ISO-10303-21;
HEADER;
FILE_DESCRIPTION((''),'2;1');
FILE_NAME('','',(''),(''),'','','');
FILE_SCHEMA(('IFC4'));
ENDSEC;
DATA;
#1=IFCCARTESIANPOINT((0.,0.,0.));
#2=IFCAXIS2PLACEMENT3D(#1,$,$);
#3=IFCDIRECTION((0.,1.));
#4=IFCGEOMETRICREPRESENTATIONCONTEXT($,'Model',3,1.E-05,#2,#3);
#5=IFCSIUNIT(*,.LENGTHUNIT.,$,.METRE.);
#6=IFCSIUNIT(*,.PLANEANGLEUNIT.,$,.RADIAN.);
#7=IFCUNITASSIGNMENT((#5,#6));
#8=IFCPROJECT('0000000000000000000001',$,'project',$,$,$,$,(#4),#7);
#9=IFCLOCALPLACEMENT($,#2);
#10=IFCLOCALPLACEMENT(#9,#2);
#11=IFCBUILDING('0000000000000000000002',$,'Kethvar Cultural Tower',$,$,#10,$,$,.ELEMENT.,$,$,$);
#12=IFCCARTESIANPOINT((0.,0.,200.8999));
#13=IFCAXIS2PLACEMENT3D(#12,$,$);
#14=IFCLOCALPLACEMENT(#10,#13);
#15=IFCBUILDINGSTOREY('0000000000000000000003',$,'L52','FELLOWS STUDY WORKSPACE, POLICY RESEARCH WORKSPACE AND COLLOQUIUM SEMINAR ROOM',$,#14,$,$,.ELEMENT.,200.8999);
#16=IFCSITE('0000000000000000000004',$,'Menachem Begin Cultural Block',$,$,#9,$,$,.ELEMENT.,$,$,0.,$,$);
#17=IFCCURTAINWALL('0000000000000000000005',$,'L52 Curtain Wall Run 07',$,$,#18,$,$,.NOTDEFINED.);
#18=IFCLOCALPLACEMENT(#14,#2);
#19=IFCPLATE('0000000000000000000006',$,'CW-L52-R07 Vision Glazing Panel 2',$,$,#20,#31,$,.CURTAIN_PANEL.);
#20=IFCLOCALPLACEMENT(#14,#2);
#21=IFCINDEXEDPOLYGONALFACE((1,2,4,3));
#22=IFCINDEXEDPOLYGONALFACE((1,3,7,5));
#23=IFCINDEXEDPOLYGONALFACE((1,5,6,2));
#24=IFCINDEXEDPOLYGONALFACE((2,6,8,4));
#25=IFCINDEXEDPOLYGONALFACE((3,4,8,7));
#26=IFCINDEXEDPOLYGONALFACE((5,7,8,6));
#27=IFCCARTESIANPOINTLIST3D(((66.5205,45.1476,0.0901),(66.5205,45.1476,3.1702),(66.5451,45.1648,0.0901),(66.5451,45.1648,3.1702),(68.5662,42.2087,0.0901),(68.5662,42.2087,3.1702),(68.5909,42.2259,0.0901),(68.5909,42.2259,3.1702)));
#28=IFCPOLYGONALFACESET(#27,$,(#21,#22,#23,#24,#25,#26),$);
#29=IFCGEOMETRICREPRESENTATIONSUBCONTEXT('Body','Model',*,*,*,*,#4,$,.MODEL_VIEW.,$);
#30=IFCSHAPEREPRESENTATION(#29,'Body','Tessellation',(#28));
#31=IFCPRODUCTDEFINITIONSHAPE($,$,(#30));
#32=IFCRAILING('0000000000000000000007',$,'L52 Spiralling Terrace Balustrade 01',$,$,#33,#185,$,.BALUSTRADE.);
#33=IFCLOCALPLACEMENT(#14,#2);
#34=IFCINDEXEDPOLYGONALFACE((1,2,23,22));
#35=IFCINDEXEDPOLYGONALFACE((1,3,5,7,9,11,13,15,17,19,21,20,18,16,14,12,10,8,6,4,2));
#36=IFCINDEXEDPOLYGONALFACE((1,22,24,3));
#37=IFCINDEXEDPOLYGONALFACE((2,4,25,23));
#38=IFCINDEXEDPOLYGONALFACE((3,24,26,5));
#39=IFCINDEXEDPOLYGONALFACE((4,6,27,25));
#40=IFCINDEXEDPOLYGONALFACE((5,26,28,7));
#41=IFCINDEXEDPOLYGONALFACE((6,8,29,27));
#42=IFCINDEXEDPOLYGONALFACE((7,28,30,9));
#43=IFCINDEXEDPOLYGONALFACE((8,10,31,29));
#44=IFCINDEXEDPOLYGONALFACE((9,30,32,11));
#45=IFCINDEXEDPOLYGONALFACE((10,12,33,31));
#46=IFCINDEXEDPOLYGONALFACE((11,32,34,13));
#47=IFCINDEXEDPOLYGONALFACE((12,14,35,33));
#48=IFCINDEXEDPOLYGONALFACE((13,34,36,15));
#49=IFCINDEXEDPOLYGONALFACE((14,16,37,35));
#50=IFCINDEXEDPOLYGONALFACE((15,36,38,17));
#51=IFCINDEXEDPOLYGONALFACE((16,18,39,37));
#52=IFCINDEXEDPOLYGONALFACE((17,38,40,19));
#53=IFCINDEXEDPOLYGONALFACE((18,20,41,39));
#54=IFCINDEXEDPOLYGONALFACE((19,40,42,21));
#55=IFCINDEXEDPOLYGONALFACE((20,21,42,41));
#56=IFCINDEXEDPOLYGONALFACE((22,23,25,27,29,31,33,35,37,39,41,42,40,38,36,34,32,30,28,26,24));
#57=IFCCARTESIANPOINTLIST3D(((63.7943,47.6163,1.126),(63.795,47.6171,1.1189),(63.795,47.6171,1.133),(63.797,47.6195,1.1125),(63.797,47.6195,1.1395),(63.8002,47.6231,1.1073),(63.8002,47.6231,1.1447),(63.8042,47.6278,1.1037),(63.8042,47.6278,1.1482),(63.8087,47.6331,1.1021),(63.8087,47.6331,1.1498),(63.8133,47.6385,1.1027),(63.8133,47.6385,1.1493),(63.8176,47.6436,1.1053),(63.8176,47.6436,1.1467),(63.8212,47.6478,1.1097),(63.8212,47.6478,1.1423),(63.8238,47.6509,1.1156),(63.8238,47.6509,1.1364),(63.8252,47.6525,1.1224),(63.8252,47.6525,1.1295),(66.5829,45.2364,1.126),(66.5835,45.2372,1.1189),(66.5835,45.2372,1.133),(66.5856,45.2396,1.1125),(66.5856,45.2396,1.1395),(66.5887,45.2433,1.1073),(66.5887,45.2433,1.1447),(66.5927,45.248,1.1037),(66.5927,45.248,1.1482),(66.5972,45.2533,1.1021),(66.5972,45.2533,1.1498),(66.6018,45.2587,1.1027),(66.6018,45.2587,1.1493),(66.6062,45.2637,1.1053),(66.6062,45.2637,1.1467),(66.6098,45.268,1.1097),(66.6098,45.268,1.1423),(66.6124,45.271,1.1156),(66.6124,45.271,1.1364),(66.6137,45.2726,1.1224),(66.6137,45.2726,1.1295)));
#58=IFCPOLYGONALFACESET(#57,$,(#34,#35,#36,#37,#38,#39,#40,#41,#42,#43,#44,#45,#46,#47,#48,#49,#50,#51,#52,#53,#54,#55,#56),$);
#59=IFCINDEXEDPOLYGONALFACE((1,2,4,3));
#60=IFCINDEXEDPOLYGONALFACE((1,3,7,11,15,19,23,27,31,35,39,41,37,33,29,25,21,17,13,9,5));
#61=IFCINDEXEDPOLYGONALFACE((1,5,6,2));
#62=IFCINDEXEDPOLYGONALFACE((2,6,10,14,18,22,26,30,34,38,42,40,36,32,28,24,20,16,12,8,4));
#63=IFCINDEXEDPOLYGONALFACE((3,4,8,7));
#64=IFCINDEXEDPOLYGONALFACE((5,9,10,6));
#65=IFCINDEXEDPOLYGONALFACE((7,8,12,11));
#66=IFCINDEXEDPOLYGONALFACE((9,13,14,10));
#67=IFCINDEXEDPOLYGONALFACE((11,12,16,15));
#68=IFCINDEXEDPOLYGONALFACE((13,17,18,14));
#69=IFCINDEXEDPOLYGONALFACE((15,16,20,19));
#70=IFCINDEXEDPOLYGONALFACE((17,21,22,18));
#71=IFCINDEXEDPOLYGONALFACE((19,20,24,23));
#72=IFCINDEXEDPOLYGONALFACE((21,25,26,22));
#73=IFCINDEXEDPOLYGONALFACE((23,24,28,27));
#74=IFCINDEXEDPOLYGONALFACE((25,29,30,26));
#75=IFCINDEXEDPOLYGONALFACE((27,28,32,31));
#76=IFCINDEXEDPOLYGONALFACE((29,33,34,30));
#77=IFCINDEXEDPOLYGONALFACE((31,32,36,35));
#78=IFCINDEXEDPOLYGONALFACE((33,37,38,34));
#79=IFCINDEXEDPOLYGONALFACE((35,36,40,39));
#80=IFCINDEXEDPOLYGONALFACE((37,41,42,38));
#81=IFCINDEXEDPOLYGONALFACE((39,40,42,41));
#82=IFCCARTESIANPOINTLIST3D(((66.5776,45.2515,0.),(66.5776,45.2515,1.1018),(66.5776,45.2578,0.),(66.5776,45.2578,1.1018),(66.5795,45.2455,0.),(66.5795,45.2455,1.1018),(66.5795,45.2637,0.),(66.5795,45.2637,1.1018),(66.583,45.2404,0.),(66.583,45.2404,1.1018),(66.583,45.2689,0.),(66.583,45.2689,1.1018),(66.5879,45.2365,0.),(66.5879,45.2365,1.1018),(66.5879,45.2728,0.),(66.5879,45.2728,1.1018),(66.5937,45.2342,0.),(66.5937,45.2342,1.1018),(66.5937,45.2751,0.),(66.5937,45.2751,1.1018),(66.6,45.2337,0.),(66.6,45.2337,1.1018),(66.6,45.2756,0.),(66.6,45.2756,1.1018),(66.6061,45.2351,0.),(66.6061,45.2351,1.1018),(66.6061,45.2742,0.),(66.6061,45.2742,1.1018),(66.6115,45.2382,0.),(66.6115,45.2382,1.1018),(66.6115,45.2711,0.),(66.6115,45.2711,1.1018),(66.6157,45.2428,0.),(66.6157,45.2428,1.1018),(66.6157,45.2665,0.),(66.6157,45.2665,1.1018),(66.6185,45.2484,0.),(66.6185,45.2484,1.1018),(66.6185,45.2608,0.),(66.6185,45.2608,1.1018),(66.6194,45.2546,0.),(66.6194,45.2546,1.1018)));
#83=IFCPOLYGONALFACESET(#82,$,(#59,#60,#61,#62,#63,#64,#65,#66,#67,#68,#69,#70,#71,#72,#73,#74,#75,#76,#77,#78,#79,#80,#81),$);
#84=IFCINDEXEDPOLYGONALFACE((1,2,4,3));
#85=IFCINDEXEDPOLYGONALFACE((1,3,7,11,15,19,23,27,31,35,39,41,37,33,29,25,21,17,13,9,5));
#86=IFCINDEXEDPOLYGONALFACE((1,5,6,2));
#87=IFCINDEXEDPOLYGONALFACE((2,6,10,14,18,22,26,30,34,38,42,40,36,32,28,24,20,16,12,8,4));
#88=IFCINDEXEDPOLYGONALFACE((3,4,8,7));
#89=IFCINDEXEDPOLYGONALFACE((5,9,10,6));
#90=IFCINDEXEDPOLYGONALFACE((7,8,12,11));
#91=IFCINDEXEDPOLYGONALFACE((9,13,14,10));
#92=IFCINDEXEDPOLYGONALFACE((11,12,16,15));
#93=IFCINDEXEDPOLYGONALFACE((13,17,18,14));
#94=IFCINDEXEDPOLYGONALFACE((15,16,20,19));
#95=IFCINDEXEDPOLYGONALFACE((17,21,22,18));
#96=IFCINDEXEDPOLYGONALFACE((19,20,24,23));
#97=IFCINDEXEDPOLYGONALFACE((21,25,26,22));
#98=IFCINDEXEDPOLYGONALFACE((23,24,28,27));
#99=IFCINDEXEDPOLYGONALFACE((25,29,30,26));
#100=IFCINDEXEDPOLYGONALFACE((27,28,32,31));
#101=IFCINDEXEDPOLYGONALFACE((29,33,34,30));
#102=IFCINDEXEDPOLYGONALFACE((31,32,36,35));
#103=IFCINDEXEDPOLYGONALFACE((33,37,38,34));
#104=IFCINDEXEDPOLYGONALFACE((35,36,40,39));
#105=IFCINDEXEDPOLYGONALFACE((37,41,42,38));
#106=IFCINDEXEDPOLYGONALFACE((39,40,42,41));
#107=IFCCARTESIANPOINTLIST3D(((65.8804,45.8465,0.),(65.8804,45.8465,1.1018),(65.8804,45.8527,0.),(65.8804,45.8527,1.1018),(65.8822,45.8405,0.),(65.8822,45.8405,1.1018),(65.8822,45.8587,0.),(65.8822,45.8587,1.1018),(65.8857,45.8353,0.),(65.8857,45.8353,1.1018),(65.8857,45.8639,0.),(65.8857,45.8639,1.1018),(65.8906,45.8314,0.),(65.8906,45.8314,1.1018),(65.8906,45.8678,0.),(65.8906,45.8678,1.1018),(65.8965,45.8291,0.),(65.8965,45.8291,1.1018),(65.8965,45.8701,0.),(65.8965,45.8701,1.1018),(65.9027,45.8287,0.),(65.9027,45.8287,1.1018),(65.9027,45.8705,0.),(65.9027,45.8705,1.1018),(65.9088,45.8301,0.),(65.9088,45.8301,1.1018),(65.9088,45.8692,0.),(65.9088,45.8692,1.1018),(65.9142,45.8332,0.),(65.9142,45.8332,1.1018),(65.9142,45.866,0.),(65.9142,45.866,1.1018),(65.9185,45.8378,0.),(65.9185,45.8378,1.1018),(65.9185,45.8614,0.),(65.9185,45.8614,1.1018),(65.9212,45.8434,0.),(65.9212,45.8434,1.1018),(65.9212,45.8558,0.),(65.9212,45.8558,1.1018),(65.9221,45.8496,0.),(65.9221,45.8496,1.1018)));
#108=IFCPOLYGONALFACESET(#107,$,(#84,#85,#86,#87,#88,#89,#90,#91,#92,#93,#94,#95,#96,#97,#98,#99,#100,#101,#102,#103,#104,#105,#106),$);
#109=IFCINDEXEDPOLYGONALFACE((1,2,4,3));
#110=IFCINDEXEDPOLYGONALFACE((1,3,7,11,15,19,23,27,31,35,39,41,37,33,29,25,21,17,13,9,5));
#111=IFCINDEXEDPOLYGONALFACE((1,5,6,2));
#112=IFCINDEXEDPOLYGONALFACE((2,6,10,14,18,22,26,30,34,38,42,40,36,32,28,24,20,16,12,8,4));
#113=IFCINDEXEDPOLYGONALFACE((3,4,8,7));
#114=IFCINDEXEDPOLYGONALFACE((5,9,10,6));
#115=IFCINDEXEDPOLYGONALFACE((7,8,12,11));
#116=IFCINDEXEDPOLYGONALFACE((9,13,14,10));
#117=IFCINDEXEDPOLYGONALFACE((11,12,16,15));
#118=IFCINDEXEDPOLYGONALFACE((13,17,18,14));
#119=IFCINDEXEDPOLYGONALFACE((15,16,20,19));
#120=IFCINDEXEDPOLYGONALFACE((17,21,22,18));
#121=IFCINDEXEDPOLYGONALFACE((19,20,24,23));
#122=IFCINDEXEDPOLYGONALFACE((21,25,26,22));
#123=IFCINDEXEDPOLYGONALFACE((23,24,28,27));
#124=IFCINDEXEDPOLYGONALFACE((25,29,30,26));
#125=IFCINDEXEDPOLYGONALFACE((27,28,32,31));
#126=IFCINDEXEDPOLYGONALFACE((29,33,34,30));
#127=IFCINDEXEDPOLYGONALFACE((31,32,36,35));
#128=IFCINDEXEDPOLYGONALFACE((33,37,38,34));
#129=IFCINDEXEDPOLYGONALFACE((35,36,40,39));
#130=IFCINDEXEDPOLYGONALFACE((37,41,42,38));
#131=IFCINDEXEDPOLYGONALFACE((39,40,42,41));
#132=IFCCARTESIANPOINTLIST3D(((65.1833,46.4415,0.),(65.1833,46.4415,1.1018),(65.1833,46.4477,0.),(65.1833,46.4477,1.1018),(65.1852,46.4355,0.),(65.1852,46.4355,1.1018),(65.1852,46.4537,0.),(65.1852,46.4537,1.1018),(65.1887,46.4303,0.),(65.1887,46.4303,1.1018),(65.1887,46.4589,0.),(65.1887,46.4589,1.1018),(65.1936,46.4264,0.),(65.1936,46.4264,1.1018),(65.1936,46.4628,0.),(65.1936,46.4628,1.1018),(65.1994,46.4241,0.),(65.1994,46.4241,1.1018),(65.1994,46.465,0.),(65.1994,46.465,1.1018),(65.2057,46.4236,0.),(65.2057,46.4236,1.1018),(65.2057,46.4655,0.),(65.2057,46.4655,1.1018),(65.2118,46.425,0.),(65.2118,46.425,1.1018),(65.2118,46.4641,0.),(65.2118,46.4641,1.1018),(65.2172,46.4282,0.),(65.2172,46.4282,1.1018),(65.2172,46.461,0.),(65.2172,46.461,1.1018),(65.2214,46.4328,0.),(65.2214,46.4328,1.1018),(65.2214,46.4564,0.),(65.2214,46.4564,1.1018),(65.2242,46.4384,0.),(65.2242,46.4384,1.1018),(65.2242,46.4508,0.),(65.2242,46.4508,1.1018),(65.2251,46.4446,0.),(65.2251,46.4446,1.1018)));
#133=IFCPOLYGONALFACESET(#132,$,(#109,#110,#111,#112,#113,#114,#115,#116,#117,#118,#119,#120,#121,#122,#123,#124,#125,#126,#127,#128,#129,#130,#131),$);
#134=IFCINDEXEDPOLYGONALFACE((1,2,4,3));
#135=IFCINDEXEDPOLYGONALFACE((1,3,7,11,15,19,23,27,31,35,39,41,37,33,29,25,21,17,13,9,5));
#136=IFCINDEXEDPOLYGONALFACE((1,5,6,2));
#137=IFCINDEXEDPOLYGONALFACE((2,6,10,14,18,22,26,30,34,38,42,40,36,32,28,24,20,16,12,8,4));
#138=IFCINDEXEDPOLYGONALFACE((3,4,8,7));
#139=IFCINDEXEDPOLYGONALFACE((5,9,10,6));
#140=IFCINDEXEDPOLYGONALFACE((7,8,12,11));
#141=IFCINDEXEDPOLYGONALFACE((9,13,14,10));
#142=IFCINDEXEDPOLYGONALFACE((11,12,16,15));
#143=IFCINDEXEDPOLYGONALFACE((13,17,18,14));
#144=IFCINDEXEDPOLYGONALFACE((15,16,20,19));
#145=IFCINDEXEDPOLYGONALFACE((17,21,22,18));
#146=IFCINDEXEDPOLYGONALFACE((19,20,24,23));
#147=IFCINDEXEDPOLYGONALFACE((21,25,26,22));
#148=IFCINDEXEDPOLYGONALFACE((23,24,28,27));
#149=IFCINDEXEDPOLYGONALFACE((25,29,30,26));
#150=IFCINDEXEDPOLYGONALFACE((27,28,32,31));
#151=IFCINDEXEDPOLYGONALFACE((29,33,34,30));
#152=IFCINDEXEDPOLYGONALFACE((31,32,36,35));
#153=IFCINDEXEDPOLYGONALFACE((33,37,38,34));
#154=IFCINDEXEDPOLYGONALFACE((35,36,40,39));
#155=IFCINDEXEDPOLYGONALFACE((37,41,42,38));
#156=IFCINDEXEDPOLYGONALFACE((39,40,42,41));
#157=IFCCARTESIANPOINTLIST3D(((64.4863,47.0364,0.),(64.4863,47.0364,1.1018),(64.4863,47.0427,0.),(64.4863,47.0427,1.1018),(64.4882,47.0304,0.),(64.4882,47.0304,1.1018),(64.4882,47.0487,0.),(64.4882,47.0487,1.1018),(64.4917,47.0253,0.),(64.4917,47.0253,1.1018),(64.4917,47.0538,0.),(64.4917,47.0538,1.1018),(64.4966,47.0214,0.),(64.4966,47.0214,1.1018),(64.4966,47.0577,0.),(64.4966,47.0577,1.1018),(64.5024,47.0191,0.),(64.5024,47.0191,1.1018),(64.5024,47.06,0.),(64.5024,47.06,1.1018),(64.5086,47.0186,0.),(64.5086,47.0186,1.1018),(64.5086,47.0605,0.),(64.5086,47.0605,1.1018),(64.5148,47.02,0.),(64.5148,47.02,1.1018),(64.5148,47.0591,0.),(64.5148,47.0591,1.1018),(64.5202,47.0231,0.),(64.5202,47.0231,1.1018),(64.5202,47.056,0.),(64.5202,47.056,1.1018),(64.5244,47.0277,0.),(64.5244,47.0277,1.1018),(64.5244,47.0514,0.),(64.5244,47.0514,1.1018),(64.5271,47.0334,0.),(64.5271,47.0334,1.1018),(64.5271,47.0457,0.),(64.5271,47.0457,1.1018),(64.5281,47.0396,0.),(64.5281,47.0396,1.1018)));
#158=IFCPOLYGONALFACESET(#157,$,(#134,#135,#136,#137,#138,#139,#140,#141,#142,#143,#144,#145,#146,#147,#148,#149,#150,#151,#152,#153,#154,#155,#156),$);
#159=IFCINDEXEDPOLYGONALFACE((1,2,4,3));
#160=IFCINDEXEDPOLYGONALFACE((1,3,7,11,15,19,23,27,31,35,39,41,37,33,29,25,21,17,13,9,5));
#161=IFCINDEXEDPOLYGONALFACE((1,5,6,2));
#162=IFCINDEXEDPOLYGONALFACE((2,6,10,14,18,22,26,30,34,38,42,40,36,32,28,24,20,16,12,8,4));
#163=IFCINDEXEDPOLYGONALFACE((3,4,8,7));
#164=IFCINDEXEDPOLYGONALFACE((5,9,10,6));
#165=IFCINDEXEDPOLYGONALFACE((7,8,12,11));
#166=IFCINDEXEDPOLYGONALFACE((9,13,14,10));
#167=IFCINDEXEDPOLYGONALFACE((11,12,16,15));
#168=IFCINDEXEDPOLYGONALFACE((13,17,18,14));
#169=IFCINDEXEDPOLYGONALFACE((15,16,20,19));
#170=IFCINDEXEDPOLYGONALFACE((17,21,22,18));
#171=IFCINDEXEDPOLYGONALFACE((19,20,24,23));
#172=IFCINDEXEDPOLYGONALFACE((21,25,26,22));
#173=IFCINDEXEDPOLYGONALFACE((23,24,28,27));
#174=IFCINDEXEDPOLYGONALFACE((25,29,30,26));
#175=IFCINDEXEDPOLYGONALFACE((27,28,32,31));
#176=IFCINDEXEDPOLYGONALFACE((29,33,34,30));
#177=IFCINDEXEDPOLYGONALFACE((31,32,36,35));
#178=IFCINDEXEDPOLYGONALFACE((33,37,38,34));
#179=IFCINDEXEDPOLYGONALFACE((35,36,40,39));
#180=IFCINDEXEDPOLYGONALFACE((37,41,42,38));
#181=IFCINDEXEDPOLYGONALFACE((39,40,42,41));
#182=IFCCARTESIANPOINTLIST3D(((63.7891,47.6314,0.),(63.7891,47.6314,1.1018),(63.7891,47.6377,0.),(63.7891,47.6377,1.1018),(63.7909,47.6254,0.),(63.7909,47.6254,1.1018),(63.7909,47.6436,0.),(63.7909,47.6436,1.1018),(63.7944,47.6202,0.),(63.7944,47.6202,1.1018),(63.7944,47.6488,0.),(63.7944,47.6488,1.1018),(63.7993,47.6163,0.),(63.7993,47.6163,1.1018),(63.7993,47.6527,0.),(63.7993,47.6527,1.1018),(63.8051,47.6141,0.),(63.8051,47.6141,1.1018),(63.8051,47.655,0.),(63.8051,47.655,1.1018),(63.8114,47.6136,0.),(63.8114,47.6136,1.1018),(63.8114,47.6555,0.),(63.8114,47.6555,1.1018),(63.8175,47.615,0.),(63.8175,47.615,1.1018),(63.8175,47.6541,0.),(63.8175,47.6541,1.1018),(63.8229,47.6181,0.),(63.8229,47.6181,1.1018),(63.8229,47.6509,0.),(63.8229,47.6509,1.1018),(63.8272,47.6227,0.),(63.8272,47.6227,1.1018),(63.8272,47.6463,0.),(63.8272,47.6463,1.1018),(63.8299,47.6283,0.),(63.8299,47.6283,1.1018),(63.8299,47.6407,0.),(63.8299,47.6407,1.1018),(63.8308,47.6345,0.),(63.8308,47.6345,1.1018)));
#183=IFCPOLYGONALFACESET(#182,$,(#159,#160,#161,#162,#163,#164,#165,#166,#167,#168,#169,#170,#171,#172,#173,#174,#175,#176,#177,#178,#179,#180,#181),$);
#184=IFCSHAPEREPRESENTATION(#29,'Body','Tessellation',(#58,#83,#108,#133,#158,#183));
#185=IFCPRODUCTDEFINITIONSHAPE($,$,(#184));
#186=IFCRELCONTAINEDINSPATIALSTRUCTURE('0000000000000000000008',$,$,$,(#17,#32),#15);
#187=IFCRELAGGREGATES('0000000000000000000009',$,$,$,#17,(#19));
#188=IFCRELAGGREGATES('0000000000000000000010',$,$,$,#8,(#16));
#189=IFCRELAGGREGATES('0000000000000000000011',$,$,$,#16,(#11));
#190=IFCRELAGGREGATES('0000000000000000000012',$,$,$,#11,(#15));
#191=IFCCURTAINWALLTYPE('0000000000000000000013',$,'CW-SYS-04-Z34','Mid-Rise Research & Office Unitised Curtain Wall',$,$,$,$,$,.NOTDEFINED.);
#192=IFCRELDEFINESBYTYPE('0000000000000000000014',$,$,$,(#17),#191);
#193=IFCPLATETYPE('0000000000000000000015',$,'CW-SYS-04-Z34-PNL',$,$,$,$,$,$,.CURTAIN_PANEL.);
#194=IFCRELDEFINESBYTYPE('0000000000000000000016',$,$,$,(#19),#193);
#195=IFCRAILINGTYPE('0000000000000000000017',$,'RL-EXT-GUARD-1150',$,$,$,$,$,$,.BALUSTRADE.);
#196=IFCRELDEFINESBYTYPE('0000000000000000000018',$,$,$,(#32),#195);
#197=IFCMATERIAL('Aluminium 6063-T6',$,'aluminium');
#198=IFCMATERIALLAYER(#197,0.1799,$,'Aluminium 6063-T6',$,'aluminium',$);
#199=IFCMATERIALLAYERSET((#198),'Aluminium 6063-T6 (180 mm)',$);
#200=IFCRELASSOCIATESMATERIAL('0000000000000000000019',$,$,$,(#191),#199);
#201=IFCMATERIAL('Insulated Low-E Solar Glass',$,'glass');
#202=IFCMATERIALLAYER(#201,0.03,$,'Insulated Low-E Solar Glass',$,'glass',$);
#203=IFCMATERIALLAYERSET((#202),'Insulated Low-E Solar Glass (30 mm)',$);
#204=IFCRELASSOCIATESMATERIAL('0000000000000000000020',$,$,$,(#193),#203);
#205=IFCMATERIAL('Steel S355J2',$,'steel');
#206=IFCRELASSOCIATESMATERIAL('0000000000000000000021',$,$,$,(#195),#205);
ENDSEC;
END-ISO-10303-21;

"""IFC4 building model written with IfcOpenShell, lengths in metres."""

from ifc_helpers import new_model, si_unit, direction, frame, origin, origin_2d, place, context, subcontext, project, spatial, rectangle, circle, extrude, source, transform, mapped, material, layer, layer_set, type_object, element, aggregate, save


model = new_model("IFC4")

# Units and contexts
model_context = context("Model", 3, precision=1e-05, world=origin(), true_north=direction((0.0, 1.0)))
body_context = subcontext(model_context, "Body", "Model", "MODEL_VIEW")
ifc_project = project(units=[si_unit("LENGTHUNIT", "METRE"), si_unit("PLANEANGLEUNIT", "RADIAN")], contexts=[model_context])

# Site, building, storey
site_placement = place(None, origin())
site = spatial("IfcSite", under=ifc_project, at=site_placement, Name="Menachem Begin Cultural Block", CompositionType="ELEMENT", RefElevation=0.0)
building_placement = place(site_placement, origin())
building = spatial("IfcBuilding", under=site, at=building_placement, Name="Kethvar Cultural Tower", CompositionType="ELEMENT")
storey_placement = place(building_placement, frame((0.0, 0.0, 200.8999)))
storey = spatial("IfcBuildingStorey", under=building, at=storey_placement, Name="L52", Description="FELLOWS STUDY WORKSPACE, POLICY RESEARCH WORKSPACE AND COLLOQUIUM SEMINAR ROOM", CompositionType="ELEMENT", Elevation=200.8999)

# Shared definitions
ifc_material_1 = material(Name="Steel S355J2", Category="steel")

# Shared definitions
ifc_material_2 = material(Name="Aluminium 6063-T6", Category="aluminium")
ifc_layer_1 = layer(ifc_material_2, 0.1799, Name="Aluminium 6063-T6", Category="aluminium")
ifc_layer_set_1 = layer_set([ifc_layer_1], Name="Aluminium 6063-T6 (180 mm)")
curtain_wall_type = type_object("IfcCurtainWallType", Name="CW-SYS-04-Z34", Description="Mid-Rise Research & Office Unitised Curtain Wall", PredefinedType="NOTDEFINED", material=ifc_layer_set_1)

# Curtain wall
curtain_wall_1_placement = place(storey_placement, origin())
curtain_wall_1 = element("IfcCurtainWall", 1, at=curtain_wall_1_placement, inside=storey, type_object=curtain_wall_type, Name="L52 Curtain Wall Run 07", PredefinedType="NOTDEFINED")

# Plate
ifc_material_3 = material(Name="Insulated Low-E Solar Glass", Category="glass")
ifc_layer_2 = layer(ifc_material_3, 0.03, Name="Insulated Low-E Solar Glass", Category="glass")
ifc_layer_set_2 = layer_set([ifc_layer_2], Name="Insulated Low-E Solar Glass (30 mm)")
plate_type = type_object("IfcPlateType", Name="CW-SYS-04-Z34-PNL", PredefinedType="CURTAIN_PANEL", material=ifc_layer_set_2)
shared_shape_1 = source(origin(), body_context, "Body", "SweptSolid", [
    extrude(rectangle(XDim=3.5808, YDim=0.03, at=origin_2d()), origin(), (0.0, 0.0, 1.0), 3.0801),
])
plate_1_placement = place(storey_placement, frame((67.5557, 43.6868, 0.0901), z_axis=(0.0, 0.0, 1.0), x_axis=(-0.571315, 0.820731, 0.0)))
plate_1 = element("IfcPlate", 2, at=plate_1_placement, type_object=plate_type, Name="CW-L52-R07 Vision Glazing Panel 2", PredefinedType="CURTAIN_PANEL", context=body_context, shape_type="MappedRepresentation", body=[
    mapped(shared_shape_1, transform((0.0, 0.0, 0.0), scale=1.0)),
])
aggregate(curtain_wall_1, [plate_1])

# Railing
railing_type = type_object("IfcRailingType", Name="RL-EXT-GUARD-1150", PredefinedType="BALUSTRADE", material=ifc_material_1)
railing_1_placement = place(storey_placement, frame((66.5984, 45.2546, 0.0)))
element("IfcRailing", 3, at=railing_1_placement, inside=storey, type_object=railing_type, Name="L52 Spiralling Terrace Balustrade 01", PredefinedType="BALUSTRADE", context=body_context, shape_type="SweptSolid", body=[
    extrude(circle(Radius=0.0239, at=origin_2d()), frame((0.0, 0.0, 1.126), z_axis=(-0.760646, 0.649167, 0.0), x_axis=(-0.649167, -0.760646, 0.0)), (0.0, 0.0, 1.0), 3.666),
    extrude(circle(Radius=0.021, at=origin_2d()), origin(), (0.0, 0.0, 1.0), 1.1018),
    extrude(circle(Radius=0.021, at=origin_2d()), frame((-0.6973, 0.595, 0.0)), (0.0, 0.0, 1.0), 1.1018),
    extrude(circle(Radius=0.021, at=origin_2d()), frame((-1.3943, 1.1899, 0.0)), (0.0, 0.0, 1.0), 1.1018),
    extrude(circle(Radius=0.021, at=origin_2d()), frame((-2.0913, 1.7849, 0.0)), (0.0, 0.0, 1.0), 1.1018),
    extrude(circle(Radius=0.021, at=origin_2d()), frame((-2.7886, 2.3799, 0.0)), (0.0, 0.0, 1.0), 1.1018),
])

save(model, "model.ifc")
